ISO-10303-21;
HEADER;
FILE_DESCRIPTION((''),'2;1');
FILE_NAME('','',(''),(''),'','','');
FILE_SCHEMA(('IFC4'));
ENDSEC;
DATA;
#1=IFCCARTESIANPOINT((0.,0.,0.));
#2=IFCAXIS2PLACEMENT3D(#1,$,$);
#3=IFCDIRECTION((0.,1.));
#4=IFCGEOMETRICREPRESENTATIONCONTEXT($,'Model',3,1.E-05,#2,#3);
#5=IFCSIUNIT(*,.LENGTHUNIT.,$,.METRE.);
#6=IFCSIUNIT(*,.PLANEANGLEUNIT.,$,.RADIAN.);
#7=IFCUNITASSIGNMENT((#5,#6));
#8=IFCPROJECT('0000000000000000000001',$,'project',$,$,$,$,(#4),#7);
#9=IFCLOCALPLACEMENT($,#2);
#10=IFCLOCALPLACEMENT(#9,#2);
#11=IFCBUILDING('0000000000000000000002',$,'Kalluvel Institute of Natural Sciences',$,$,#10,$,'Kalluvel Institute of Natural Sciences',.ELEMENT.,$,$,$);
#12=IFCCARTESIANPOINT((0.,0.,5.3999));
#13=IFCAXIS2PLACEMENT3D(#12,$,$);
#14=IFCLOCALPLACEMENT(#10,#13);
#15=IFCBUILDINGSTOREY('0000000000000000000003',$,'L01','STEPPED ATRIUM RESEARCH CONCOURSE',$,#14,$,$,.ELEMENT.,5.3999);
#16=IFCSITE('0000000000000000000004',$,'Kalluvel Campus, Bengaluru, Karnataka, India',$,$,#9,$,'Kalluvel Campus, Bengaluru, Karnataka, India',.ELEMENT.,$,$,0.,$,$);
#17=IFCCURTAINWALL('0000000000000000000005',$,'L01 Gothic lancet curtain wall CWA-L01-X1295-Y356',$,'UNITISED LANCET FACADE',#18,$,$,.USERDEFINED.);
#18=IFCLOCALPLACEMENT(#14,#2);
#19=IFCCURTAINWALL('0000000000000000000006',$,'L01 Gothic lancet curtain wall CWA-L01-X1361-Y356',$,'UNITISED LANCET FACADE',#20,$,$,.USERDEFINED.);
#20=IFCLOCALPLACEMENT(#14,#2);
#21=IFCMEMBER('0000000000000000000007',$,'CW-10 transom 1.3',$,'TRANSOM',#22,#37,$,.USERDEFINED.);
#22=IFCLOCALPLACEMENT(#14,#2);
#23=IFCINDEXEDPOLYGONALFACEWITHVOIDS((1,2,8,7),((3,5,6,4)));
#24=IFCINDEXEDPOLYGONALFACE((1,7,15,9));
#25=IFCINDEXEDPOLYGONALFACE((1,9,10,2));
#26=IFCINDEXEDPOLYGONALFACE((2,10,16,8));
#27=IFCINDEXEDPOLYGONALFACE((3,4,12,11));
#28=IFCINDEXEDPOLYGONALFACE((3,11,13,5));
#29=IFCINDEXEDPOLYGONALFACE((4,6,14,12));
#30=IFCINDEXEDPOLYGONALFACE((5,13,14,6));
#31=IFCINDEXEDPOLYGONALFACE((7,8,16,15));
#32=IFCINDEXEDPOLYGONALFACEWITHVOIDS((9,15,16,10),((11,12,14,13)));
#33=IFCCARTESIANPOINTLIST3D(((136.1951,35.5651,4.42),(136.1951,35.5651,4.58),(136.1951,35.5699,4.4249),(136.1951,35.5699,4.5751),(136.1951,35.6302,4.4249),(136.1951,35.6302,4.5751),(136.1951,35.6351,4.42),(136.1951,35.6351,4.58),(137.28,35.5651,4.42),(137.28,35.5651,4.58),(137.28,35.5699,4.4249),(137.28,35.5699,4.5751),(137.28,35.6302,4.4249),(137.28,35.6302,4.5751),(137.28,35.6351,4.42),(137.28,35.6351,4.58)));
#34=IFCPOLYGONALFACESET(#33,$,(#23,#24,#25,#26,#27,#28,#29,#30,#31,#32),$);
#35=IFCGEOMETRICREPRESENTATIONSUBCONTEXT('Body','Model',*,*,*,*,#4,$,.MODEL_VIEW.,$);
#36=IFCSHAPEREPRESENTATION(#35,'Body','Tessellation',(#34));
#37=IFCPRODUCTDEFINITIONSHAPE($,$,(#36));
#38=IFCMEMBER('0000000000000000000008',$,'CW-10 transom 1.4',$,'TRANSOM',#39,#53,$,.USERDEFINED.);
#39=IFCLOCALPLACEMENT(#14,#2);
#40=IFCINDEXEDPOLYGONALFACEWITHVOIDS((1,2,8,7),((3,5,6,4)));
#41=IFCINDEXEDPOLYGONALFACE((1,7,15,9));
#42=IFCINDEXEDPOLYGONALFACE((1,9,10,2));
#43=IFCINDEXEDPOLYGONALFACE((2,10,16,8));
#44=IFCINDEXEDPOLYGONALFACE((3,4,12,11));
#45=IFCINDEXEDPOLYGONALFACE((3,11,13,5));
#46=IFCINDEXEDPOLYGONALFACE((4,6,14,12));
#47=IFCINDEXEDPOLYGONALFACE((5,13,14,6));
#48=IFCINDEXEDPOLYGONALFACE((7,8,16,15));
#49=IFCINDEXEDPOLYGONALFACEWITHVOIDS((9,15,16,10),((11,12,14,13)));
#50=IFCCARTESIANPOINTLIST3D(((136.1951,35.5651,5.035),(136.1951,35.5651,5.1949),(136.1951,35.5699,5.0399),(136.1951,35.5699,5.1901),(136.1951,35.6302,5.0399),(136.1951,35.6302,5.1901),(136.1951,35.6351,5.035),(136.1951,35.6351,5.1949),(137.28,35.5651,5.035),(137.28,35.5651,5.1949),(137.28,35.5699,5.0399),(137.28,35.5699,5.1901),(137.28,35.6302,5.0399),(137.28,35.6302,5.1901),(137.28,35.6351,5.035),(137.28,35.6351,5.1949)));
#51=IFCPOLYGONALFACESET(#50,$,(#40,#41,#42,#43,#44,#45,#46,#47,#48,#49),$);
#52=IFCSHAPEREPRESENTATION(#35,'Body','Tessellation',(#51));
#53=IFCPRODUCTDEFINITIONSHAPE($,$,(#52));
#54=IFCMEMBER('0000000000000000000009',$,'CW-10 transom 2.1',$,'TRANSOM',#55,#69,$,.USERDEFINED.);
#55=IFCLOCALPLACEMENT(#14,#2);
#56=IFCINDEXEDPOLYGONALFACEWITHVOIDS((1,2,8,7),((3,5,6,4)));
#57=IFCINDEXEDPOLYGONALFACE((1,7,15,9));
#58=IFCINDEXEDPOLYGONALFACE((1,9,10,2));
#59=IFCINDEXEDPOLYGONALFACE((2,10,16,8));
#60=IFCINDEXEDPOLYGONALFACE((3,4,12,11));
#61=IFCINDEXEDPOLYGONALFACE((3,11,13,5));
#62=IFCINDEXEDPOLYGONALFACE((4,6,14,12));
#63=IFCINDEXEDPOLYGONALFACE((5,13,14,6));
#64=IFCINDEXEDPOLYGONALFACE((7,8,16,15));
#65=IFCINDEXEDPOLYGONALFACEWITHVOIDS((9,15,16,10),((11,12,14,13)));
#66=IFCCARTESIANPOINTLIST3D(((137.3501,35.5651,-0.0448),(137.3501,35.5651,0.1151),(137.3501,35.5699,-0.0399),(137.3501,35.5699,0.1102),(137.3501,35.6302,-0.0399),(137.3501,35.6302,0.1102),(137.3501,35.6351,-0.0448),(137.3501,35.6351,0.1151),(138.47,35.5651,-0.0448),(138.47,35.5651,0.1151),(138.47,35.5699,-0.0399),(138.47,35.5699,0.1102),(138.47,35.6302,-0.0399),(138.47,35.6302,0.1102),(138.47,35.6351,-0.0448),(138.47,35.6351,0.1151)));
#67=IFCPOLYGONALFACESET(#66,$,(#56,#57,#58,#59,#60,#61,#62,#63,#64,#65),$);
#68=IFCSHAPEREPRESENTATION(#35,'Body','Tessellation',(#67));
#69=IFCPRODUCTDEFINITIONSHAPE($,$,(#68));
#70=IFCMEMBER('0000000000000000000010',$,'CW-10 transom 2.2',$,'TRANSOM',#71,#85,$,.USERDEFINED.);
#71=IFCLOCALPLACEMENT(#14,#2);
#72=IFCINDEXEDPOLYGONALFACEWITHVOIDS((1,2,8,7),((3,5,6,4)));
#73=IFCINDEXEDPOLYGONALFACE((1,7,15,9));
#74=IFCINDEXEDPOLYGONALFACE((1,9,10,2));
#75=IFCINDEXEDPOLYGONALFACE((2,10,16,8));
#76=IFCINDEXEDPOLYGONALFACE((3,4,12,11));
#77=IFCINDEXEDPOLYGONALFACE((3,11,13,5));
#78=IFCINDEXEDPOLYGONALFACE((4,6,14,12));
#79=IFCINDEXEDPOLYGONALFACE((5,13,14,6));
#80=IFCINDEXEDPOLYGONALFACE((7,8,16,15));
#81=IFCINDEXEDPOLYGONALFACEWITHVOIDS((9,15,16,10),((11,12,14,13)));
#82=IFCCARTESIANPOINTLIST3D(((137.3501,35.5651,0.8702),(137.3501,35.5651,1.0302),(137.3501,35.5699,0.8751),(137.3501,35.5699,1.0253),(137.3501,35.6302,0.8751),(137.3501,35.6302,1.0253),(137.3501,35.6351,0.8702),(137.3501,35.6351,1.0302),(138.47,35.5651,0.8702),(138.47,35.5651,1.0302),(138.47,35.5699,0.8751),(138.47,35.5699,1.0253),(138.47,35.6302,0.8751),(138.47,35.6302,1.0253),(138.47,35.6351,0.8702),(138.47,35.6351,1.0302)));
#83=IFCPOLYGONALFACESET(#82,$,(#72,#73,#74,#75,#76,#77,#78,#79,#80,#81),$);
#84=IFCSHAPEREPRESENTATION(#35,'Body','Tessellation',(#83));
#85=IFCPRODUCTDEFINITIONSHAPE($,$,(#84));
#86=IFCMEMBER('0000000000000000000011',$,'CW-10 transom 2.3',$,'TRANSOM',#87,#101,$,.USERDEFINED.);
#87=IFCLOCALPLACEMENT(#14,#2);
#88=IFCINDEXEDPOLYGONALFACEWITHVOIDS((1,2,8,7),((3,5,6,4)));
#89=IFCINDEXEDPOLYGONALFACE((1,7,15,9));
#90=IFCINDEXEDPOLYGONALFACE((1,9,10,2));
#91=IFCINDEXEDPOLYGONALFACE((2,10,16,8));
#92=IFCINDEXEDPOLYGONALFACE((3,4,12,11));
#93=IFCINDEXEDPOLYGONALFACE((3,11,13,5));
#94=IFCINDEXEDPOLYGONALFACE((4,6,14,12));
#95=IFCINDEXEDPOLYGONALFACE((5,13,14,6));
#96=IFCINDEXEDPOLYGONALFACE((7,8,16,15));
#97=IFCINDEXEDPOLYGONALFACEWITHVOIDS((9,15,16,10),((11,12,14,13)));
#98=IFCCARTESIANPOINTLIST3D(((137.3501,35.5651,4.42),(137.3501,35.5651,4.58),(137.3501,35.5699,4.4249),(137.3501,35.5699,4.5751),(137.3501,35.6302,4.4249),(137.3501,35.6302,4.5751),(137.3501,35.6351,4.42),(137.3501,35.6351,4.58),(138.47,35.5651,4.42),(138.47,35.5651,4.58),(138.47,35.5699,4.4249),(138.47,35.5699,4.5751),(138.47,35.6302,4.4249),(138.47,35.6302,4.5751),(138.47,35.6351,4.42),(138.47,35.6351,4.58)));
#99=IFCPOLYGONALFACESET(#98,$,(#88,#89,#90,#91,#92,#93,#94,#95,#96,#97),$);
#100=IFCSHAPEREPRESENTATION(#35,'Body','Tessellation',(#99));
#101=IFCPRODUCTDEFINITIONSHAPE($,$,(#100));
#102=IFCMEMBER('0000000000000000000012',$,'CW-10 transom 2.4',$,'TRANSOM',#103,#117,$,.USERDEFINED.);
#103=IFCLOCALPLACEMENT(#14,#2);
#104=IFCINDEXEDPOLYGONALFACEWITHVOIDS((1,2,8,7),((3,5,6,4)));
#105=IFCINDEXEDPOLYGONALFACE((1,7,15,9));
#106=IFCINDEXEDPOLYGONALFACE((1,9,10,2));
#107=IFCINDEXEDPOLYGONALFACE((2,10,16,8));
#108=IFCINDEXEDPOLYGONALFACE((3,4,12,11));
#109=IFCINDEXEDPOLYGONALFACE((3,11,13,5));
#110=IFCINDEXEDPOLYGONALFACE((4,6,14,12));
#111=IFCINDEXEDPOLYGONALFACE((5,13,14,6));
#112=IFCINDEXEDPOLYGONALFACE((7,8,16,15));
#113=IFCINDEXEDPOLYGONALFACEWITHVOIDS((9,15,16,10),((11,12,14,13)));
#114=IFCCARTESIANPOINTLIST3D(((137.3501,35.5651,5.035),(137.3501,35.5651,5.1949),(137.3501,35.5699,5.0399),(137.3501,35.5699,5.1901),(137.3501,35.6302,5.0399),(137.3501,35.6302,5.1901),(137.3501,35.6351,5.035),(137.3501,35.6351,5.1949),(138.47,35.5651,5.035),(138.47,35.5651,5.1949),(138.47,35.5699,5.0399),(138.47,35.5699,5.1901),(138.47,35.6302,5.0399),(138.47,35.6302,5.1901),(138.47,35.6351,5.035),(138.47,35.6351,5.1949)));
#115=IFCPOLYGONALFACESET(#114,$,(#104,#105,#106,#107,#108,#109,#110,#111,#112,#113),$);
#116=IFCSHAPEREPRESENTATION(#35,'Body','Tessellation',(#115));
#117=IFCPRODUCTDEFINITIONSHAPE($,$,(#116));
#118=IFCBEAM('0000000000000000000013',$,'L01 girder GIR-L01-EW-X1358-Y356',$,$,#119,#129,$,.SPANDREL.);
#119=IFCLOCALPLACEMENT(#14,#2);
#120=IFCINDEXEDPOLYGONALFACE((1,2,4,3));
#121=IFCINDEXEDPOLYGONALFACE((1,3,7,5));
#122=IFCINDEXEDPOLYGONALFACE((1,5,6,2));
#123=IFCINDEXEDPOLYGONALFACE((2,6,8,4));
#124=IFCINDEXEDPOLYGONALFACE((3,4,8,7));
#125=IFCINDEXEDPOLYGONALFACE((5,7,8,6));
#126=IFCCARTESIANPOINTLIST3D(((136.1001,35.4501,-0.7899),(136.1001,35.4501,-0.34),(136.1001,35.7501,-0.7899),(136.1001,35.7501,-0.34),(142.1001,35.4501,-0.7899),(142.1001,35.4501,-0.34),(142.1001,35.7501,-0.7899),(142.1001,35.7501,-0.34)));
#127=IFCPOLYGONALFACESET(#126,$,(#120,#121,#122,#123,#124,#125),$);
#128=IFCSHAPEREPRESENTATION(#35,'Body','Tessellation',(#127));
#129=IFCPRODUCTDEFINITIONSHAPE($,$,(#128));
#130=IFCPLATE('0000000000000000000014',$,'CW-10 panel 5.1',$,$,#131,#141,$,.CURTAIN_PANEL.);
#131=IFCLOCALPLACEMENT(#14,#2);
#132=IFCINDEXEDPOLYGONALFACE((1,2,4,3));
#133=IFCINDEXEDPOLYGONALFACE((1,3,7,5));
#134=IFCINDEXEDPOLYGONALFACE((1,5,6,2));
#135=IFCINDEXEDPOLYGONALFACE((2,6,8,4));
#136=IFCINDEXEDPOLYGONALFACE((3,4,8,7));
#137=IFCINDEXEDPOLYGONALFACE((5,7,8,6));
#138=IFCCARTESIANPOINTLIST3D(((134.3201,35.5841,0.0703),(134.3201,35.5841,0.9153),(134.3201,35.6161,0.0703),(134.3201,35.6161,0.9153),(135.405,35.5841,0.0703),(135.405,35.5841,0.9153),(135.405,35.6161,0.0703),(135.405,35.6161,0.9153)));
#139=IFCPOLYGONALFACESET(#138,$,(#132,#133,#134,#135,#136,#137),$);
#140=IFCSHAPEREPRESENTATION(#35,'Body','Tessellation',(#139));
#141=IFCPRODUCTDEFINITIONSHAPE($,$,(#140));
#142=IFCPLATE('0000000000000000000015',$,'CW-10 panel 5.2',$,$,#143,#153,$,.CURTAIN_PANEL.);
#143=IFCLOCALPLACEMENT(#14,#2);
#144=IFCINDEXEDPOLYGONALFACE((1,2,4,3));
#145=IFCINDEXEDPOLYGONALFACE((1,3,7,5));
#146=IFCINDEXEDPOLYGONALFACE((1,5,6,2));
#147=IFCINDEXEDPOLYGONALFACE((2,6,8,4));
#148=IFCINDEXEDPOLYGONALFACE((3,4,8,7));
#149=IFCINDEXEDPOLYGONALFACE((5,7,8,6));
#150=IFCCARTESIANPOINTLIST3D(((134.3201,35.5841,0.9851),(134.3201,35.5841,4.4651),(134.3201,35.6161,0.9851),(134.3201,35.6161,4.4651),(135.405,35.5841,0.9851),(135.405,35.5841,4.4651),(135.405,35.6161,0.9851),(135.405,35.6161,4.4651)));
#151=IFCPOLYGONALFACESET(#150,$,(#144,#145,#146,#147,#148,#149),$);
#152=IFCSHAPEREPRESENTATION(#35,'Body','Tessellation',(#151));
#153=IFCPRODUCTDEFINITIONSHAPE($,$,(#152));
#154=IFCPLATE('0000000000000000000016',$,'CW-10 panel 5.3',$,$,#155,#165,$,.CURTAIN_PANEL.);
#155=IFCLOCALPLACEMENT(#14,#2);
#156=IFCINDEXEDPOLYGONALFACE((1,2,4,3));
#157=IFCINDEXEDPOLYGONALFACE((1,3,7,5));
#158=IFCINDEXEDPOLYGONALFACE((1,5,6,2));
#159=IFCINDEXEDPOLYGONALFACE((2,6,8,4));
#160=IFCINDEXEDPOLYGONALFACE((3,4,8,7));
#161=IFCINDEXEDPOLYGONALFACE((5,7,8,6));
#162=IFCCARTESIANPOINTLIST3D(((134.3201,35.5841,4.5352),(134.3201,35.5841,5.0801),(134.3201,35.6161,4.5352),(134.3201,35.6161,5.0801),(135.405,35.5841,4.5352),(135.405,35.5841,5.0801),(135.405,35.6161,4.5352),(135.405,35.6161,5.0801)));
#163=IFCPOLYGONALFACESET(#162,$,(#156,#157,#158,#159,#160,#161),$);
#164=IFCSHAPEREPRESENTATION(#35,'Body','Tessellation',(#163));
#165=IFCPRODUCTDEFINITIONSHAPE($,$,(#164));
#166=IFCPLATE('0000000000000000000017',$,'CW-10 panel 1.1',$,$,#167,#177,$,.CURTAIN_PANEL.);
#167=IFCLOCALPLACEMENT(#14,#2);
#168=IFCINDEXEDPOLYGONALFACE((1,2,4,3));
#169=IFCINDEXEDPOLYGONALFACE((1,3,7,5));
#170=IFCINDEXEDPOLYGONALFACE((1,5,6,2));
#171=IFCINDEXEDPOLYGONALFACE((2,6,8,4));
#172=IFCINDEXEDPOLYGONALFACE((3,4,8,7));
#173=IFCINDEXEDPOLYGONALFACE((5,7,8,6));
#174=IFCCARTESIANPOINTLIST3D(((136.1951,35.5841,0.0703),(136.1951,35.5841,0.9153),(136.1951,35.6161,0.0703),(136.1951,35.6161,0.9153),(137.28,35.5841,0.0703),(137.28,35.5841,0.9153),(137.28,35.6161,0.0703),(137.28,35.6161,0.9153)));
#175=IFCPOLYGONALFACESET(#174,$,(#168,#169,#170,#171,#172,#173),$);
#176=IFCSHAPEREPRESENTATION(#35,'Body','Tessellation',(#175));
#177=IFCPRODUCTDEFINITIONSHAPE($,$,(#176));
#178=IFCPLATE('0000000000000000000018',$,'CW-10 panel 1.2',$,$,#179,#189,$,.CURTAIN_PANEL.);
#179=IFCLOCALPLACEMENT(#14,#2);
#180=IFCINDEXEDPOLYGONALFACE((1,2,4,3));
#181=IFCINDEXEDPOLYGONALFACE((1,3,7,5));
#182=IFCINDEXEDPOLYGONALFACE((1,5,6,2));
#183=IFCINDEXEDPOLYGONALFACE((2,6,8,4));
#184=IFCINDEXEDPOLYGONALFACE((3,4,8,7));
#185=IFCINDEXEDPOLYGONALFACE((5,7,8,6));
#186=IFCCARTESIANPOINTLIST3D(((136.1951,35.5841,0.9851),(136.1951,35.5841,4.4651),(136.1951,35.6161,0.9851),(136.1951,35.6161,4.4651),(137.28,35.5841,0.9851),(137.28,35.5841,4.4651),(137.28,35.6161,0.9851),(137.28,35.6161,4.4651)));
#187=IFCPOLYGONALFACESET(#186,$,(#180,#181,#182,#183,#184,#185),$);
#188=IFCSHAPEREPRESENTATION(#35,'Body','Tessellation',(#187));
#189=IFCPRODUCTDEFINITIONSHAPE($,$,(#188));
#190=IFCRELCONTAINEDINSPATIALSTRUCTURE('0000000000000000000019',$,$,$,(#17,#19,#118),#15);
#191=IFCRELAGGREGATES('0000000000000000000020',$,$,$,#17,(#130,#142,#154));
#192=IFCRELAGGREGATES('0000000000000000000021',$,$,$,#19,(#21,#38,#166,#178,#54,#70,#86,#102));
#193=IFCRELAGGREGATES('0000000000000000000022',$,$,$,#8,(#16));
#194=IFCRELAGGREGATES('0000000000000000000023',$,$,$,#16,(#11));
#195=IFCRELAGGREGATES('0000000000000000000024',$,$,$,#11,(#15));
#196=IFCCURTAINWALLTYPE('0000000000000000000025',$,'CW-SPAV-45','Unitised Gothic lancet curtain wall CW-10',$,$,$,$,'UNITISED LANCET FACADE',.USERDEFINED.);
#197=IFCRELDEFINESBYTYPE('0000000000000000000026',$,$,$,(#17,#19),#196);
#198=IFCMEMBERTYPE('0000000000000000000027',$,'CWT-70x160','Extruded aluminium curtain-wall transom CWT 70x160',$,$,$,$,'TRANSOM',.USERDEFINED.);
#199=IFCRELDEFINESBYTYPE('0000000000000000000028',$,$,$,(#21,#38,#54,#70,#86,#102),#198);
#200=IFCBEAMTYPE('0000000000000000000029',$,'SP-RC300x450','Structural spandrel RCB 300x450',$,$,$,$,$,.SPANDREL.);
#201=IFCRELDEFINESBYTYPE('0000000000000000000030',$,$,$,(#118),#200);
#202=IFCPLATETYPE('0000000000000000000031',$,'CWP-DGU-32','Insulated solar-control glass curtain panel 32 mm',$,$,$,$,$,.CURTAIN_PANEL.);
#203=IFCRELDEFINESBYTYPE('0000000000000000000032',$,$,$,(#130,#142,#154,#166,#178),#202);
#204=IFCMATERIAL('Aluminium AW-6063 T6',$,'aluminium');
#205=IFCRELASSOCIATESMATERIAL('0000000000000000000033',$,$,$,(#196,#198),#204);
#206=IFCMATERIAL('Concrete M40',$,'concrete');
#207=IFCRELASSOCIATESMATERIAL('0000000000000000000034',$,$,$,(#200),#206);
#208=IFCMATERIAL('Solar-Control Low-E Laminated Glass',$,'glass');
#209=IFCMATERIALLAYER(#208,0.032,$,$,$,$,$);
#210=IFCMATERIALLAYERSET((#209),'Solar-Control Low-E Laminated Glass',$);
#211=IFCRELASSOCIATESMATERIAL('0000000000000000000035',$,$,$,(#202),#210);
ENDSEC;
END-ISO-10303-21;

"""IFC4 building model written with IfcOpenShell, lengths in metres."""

from ifc_helpers import new_model, si_unit, direction, frame, origin, origin_2d, place, context, subcontext, project, spatial, rectangle, hollow_rectangle, extrude, material, layer, layer_set, material_profile, profile_set, type_object, element, aggregate, save


model = new_model("IFC4")

# Units and contexts
model_context = context("Model", 3, precision=1e-05, world=origin(), true_north=direction((0.0, 1.0)))
body_context = subcontext(model_context, "Body", "Model", "MODEL_VIEW")
ifc_project = project(units=[si_unit("LENGTHUNIT", "METRE"), si_unit("PLANEANGLEUNIT", "RADIAN")], contexts=[model_context])

# Site, building, storey
site_placement = place(None, origin())
site = spatial("IfcSite", under=ifc_project, at=site_placement, Name="Kalluvel Campus, Bengaluru, Karnataka, India", LongName="Kalluvel Campus, Bengaluru, Karnataka, India", CompositionType="ELEMENT", RefElevation=0.0)
building_placement = place(site_placement, origin())
building = spatial("IfcBuilding", under=site, at=building_placement, Name="Kalluvel Institute of Natural Sciences", LongName="Kalluvel Institute of Natural Sciences", CompositionType="ELEMENT")
storey_placement = place(building_placement, frame((0.0, 0.0, 5.3999)))
storey = spatial("IfcBuildingStorey", under=building, at=storey_placement, Name="L01", Description="STEPPED ATRIUM RESEARCH CONCOURSE", CompositionType="ELEMENT", Elevation=5.3999)

# Shared definitions
ifc_material_1 = material(Name="Concrete M40", Category="concrete")

# Curtain walls
ifc_material_2 = material(Name="Aluminium AW-6063 T6", Category="aluminium")
curtain_wall_type = type_object("IfcCurtainWallType", Name="CW-SPAV-45", Description="Unitised Gothic lancet curtain wall CW-10", ElementType="UNITISED LANCET FACADE", PredefinedType="USERDEFINED", material=ifc_material_2)
curtain_wall_1_placement = place(storey_placement, origin())
curtain_wall_1 = element("IfcCurtainWall", 1, at=curtain_wall_1_placement, inside=storey, type_object=curtain_wall_type, Name="L01 Gothic lancet curtain wall CWA-L01-X1295-Y356", ObjectType="UNITISED LANCET FACADE", PredefinedType="USERDEFINED")
curtain_wall_2_placement = place(storey_placement, origin())
curtain_wall_2 = element("IfcCurtainWall", 2, at=curtain_wall_2_placement, inside=storey, type_object=curtain_wall_type, Name="L01 Gothic lancet curtain wall CWA-L01-X1361-Y356", ObjectType="UNITISED LANCET FACADE", PredefinedType="USERDEFINED")

# Members
ifc_material_profile_1 = material_profile(ifc_material_2, hollow_rectangle(XDim=0.0701, YDim=0.1599, WallThickness=0.0049, at=origin_2d()), Name="CWT 70x160")
ifc_profile_set_1 = profile_set([ifc_material_profile_1], Name="Aluminium AW-6063 T6")
member_type_1 = type_object("IfcMemberType", Name="CWT-70x160", Description="Extruded aluminium curtain-wall transom CWT 70x160", ElementType="TRANSOM", PredefinedType="USERDEFINED", material=ifc_profile_set_1)
member_1_placement = place(storey_placement, frame((136.1951, 35.6001, 4.5), z_axis=(1.0, 0.0, 0.0), x_axis=(0.0, 1.0, 0.0)))
member_1 = element("IfcMember", 3, at=member_1_placement, type_object=member_type_1, Name="CW-10 transom 1.3", ObjectType="TRANSOM", PredefinedType="USERDEFINED", context=body_context, shape_type="SweptSolid", body=[
    extrude(hollow_rectangle(XDim=0.0701, YDim=0.1599, WallThickness=0.0049, at=origin_2d()), origin(), (0.0, 0.0, 1.0), 1.085),
])
member_2_placement = place(storey_placement, frame((136.1951, 35.6001, 5.115), z_axis=(1.0, 0.0, 0.0), x_axis=(0.0, 1.0, 0.0)))
member_2 = element("IfcMember", 4, at=member_2_placement, type_object=member_type_1, Name="CW-10 transom 1.4", ObjectType="TRANSOM", PredefinedType="USERDEFINED", context=body_context, shape_type="SweptSolid", body=[
    extrude(hollow_rectangle(XDim=0.0701, YDim=0.1599, WallThickness=0.0049, at=origin_2d()), origin(), (0.0, 0.0, 1.0), 1.085),
])
member_3_placement = place(storey_placement, frame((137.3501, 35.6001, 0.0352), z_axis=(1.0, 0.0, 0.0), x_axis=(0.0, 1.0, 0.0)))
member_3 = element("IfcMember", 5, at=member_3_placement, type_object=member_type_1, Name="CW-10 transom 2.1", ObjectType="TRANSOM", PredefinedType="USERDEFINED", context=body_context, shape_type="SweptSolid", body=[
    extrude(hollow_rectangle(XDim=0.0701, YDim=0.1599, WallThickness=0.0049, at=origin_2d()), origin(), (0.0, 0.0, 1.0), 1.1199),
])
member_4_placement = place(storey_placement, frame((137.3501, 35.6001, 0.9502), z_axis=(1.0, 0.0, 0.0), x_axis=(0.0, 1.0, 0.0)))
member_4 = element("IfcMember", 6, at=member_4_placement, type_object=member_type_1, Name="CW-10 transom 2.2", ObjectType="TRANSOM", PredefinedType="USERDEFINED", context=body_context, shape_type="SweptSolid", body=[
    extrude(hollow_rectangle(XDim=0.0701, YDim=0.1599, WallThickness=0.0049, at=origin_2d()), origin(), (0.0, 0.0, 1.0), 1.1199),
])
member_5_placement = place(storey_placement, frame((137.3501, 35.6001, 4.5), z_axis=(1.0, 0.0, 0.0), x_axis=(0.0, 1.0, 0.0)))
member_5 = element("IfcMember", 7, at=member_5_placement, type_object=member_type_1, Name="CW-10 transom 2.3", ObjectType="TRANSOM", PredefinedType="USERDEFINED", context=body_context, shape_type="SweptSolid", body=[
    extrude(hollow_rectangle(XDim=0.0701, YDim=0.1599, WallThickness=0.0049, at=origin_2d()), origin(), (0.0, 0.0, 1.0), 1.1199),
])
member_6_placement = place(storey_placement, frame((137.3501, 35.6001, 5.115), z_axis=(1.0, 0.0, 0.0), x_axis=(0.0, 1.0, 0.0)))
member_6 = element("IfcMember", 8, at=member_6_placement, type_object=member_type_1, Name="CW-10 transom 2.4", ObjectType="TRANSOM", PredefinedType="USERDEFINED", context=body_context, shape_type="SweptSolid", body=[
    extrude(hollow_rectangle(XDim=0.0701, YDim=0.1599, WallThickness=0.0049, at=origin_2d()), origin(), (0.0, 0.0, 1.0), 1.1199),
])

# Beam
ifc_material_profile_2 = material_profile(ifc_material_1, rectangle(XDim=0.3, YDim=0.45, at=origin_2d()), Name="RCB 300x450")
ifc_profile_set_2 = profile_set([ifc_material_profile_2], Name="Concrete M40")
beam_type = type_object("IfcBeamType", Name="SP-RC300x450", Description="Structural spandrel RCB 300x450", PredefinedType="SPANDREL", material=ifc_profile_set_2)
beam_placement = place(storey_placement, frame((136.1001, 35.6001, -0.5649), z_axis=(1.0, 0.0, 0.0), x_axis=(0.0, 1.0, 0.0)))
element("IfcBeam", 9, at=beam_placement, inside=storey, type_object=beam_type, Name="L01 girder GIR-L01-EW-X1358-Y356", PredefinedType="SPANDREL", context=body_context, shape_type="SweptSolid", body=[
    extrude(rectangle(XDim=0.3, YDim=0.45, at=origin_2d()), origin(), (0.0, 0.0, 1.0), 6.0),
])

# Plates
ifc_material_3 = material(Name="Solar-Control Low-E Laminated Glass", Category="glass")
ifc_layer = layer(ifc_material_3, 0.032)
ifc_layer_set = layer_set([ifc_layer], Name="Solar-Control Low-E Laminated Glass")
plate_type = type_object("IfcPlateType", Name="CWP-DGU-32", Description="Insulated solar-control glass curtain panel 32 mm", PredefinedType="CURTAIN_PANEL", material=ifc_layer_set)
plate_1_placement = place(storey_placement, frame((134.8625, 35.6001, 0.0703), z_axis=(0.0, 0.0, 1.0), x_axis=(1.0, 0.0, 0.0)))
plate_1 = element("IfcPlate", 10, at=plate_1_placement, type_object=plate_type, Name="CW-10 panel 5.1", PredefinedType="CURTAIN_PANEL", context=body_context, shape_type="SweptSolid", body=[
    extrude(rectangle(XDim=1.085, YDim=0.032, at=origin_2d()), origin(), (0.0, 0.0, 1.0), 0.845),
])
plate_2_placement = place(storey_placement, frame((134.8625, 35.6001, 0.9851), z_axis=(0.0, 0.0, 1.0), x_axis=(1.0, 0.0, 0.0)))
plate_2 = element("IfcPlate", 11, at=plate_2_placement, type_object=plate_type, Name="CW-10 panel 5.2", PredefinedType="CURTAIN_PANEL", context=body_context, shape_type="SweptSolid", body=[
    extrude(rectangle(XDim=1.085, YDim=0.032, at=origin_2d()), origin(), (0.0, 0.0, 1.0), 3.48),
])
plate_3_placement = place(storey_placement, frame((134.8625, 35.6001, 4.5352), z_axis=(0.0, 0.0, 1.0), x_axis=(1.0, 0.0, 0.0)))
plate_3 = element("IfcPlate", 12, at=plate_3_placement, type_object=plate_type, Name="CW-10 panel 5.3", PredefinedType="CURTAIN_PANEL", context=body_context, shape_type="SweptSolid", body=[
    extrude(rectangle(XDim=1.085, YDim=0.032, at=origin_2d()), origin(), (0.0, 0.0, 1.0), 0.5449),
])
aggregate(curtain_wall_1, [plate_1, plate_2, plate_3])
plate_4_placement = place(storey_placement, frame((136.7375, 35.6001, 0.0703), z_axis=(0.0, 0.0, 1.0), x_axis=(1.0, 0.0, 0.0)))
plate_4 = element("IfcPlate", 13, at=plate_4_placement, type_object=plate_type, Name="CW-10 panel 1.1", PredefinedType="CURTAIN_PANEL", context=body_context, shape_type="SweptSolid", body=[
    extrude(rectangle(XDim=1.085, YDim=0.032, at=origin_2d()), origin(), (0.0, 0.0, 1.0), 0.845),
])
plate_5_placement = place(storey_placement, frame((136.7375, 35.6001, 0.9851), z_axis=(0.0, 0.0, 1.0), x_axis=(1.0, 0.0, 0.0)))
plate_5 = element("IfcPlate", 14, at=plate_5_placement, type_object=plate_type, Name="CW-10 panel 1.2", PredefinedType="CURTAIN_PANEL", context=body_context, shape_type="SweptSolid", body=[
    extrude(rectangle(XDim=1.085, YDim=0.032, at=origin_2d()), origin(), (0.0, 0.0, 1.0), 3.48),
])
aggregate(curtain_wall_2, [member_1, member_2, plate_4, plate_5, member_3, member_4, member_5, member_6])

save(model, "model.ifc")
